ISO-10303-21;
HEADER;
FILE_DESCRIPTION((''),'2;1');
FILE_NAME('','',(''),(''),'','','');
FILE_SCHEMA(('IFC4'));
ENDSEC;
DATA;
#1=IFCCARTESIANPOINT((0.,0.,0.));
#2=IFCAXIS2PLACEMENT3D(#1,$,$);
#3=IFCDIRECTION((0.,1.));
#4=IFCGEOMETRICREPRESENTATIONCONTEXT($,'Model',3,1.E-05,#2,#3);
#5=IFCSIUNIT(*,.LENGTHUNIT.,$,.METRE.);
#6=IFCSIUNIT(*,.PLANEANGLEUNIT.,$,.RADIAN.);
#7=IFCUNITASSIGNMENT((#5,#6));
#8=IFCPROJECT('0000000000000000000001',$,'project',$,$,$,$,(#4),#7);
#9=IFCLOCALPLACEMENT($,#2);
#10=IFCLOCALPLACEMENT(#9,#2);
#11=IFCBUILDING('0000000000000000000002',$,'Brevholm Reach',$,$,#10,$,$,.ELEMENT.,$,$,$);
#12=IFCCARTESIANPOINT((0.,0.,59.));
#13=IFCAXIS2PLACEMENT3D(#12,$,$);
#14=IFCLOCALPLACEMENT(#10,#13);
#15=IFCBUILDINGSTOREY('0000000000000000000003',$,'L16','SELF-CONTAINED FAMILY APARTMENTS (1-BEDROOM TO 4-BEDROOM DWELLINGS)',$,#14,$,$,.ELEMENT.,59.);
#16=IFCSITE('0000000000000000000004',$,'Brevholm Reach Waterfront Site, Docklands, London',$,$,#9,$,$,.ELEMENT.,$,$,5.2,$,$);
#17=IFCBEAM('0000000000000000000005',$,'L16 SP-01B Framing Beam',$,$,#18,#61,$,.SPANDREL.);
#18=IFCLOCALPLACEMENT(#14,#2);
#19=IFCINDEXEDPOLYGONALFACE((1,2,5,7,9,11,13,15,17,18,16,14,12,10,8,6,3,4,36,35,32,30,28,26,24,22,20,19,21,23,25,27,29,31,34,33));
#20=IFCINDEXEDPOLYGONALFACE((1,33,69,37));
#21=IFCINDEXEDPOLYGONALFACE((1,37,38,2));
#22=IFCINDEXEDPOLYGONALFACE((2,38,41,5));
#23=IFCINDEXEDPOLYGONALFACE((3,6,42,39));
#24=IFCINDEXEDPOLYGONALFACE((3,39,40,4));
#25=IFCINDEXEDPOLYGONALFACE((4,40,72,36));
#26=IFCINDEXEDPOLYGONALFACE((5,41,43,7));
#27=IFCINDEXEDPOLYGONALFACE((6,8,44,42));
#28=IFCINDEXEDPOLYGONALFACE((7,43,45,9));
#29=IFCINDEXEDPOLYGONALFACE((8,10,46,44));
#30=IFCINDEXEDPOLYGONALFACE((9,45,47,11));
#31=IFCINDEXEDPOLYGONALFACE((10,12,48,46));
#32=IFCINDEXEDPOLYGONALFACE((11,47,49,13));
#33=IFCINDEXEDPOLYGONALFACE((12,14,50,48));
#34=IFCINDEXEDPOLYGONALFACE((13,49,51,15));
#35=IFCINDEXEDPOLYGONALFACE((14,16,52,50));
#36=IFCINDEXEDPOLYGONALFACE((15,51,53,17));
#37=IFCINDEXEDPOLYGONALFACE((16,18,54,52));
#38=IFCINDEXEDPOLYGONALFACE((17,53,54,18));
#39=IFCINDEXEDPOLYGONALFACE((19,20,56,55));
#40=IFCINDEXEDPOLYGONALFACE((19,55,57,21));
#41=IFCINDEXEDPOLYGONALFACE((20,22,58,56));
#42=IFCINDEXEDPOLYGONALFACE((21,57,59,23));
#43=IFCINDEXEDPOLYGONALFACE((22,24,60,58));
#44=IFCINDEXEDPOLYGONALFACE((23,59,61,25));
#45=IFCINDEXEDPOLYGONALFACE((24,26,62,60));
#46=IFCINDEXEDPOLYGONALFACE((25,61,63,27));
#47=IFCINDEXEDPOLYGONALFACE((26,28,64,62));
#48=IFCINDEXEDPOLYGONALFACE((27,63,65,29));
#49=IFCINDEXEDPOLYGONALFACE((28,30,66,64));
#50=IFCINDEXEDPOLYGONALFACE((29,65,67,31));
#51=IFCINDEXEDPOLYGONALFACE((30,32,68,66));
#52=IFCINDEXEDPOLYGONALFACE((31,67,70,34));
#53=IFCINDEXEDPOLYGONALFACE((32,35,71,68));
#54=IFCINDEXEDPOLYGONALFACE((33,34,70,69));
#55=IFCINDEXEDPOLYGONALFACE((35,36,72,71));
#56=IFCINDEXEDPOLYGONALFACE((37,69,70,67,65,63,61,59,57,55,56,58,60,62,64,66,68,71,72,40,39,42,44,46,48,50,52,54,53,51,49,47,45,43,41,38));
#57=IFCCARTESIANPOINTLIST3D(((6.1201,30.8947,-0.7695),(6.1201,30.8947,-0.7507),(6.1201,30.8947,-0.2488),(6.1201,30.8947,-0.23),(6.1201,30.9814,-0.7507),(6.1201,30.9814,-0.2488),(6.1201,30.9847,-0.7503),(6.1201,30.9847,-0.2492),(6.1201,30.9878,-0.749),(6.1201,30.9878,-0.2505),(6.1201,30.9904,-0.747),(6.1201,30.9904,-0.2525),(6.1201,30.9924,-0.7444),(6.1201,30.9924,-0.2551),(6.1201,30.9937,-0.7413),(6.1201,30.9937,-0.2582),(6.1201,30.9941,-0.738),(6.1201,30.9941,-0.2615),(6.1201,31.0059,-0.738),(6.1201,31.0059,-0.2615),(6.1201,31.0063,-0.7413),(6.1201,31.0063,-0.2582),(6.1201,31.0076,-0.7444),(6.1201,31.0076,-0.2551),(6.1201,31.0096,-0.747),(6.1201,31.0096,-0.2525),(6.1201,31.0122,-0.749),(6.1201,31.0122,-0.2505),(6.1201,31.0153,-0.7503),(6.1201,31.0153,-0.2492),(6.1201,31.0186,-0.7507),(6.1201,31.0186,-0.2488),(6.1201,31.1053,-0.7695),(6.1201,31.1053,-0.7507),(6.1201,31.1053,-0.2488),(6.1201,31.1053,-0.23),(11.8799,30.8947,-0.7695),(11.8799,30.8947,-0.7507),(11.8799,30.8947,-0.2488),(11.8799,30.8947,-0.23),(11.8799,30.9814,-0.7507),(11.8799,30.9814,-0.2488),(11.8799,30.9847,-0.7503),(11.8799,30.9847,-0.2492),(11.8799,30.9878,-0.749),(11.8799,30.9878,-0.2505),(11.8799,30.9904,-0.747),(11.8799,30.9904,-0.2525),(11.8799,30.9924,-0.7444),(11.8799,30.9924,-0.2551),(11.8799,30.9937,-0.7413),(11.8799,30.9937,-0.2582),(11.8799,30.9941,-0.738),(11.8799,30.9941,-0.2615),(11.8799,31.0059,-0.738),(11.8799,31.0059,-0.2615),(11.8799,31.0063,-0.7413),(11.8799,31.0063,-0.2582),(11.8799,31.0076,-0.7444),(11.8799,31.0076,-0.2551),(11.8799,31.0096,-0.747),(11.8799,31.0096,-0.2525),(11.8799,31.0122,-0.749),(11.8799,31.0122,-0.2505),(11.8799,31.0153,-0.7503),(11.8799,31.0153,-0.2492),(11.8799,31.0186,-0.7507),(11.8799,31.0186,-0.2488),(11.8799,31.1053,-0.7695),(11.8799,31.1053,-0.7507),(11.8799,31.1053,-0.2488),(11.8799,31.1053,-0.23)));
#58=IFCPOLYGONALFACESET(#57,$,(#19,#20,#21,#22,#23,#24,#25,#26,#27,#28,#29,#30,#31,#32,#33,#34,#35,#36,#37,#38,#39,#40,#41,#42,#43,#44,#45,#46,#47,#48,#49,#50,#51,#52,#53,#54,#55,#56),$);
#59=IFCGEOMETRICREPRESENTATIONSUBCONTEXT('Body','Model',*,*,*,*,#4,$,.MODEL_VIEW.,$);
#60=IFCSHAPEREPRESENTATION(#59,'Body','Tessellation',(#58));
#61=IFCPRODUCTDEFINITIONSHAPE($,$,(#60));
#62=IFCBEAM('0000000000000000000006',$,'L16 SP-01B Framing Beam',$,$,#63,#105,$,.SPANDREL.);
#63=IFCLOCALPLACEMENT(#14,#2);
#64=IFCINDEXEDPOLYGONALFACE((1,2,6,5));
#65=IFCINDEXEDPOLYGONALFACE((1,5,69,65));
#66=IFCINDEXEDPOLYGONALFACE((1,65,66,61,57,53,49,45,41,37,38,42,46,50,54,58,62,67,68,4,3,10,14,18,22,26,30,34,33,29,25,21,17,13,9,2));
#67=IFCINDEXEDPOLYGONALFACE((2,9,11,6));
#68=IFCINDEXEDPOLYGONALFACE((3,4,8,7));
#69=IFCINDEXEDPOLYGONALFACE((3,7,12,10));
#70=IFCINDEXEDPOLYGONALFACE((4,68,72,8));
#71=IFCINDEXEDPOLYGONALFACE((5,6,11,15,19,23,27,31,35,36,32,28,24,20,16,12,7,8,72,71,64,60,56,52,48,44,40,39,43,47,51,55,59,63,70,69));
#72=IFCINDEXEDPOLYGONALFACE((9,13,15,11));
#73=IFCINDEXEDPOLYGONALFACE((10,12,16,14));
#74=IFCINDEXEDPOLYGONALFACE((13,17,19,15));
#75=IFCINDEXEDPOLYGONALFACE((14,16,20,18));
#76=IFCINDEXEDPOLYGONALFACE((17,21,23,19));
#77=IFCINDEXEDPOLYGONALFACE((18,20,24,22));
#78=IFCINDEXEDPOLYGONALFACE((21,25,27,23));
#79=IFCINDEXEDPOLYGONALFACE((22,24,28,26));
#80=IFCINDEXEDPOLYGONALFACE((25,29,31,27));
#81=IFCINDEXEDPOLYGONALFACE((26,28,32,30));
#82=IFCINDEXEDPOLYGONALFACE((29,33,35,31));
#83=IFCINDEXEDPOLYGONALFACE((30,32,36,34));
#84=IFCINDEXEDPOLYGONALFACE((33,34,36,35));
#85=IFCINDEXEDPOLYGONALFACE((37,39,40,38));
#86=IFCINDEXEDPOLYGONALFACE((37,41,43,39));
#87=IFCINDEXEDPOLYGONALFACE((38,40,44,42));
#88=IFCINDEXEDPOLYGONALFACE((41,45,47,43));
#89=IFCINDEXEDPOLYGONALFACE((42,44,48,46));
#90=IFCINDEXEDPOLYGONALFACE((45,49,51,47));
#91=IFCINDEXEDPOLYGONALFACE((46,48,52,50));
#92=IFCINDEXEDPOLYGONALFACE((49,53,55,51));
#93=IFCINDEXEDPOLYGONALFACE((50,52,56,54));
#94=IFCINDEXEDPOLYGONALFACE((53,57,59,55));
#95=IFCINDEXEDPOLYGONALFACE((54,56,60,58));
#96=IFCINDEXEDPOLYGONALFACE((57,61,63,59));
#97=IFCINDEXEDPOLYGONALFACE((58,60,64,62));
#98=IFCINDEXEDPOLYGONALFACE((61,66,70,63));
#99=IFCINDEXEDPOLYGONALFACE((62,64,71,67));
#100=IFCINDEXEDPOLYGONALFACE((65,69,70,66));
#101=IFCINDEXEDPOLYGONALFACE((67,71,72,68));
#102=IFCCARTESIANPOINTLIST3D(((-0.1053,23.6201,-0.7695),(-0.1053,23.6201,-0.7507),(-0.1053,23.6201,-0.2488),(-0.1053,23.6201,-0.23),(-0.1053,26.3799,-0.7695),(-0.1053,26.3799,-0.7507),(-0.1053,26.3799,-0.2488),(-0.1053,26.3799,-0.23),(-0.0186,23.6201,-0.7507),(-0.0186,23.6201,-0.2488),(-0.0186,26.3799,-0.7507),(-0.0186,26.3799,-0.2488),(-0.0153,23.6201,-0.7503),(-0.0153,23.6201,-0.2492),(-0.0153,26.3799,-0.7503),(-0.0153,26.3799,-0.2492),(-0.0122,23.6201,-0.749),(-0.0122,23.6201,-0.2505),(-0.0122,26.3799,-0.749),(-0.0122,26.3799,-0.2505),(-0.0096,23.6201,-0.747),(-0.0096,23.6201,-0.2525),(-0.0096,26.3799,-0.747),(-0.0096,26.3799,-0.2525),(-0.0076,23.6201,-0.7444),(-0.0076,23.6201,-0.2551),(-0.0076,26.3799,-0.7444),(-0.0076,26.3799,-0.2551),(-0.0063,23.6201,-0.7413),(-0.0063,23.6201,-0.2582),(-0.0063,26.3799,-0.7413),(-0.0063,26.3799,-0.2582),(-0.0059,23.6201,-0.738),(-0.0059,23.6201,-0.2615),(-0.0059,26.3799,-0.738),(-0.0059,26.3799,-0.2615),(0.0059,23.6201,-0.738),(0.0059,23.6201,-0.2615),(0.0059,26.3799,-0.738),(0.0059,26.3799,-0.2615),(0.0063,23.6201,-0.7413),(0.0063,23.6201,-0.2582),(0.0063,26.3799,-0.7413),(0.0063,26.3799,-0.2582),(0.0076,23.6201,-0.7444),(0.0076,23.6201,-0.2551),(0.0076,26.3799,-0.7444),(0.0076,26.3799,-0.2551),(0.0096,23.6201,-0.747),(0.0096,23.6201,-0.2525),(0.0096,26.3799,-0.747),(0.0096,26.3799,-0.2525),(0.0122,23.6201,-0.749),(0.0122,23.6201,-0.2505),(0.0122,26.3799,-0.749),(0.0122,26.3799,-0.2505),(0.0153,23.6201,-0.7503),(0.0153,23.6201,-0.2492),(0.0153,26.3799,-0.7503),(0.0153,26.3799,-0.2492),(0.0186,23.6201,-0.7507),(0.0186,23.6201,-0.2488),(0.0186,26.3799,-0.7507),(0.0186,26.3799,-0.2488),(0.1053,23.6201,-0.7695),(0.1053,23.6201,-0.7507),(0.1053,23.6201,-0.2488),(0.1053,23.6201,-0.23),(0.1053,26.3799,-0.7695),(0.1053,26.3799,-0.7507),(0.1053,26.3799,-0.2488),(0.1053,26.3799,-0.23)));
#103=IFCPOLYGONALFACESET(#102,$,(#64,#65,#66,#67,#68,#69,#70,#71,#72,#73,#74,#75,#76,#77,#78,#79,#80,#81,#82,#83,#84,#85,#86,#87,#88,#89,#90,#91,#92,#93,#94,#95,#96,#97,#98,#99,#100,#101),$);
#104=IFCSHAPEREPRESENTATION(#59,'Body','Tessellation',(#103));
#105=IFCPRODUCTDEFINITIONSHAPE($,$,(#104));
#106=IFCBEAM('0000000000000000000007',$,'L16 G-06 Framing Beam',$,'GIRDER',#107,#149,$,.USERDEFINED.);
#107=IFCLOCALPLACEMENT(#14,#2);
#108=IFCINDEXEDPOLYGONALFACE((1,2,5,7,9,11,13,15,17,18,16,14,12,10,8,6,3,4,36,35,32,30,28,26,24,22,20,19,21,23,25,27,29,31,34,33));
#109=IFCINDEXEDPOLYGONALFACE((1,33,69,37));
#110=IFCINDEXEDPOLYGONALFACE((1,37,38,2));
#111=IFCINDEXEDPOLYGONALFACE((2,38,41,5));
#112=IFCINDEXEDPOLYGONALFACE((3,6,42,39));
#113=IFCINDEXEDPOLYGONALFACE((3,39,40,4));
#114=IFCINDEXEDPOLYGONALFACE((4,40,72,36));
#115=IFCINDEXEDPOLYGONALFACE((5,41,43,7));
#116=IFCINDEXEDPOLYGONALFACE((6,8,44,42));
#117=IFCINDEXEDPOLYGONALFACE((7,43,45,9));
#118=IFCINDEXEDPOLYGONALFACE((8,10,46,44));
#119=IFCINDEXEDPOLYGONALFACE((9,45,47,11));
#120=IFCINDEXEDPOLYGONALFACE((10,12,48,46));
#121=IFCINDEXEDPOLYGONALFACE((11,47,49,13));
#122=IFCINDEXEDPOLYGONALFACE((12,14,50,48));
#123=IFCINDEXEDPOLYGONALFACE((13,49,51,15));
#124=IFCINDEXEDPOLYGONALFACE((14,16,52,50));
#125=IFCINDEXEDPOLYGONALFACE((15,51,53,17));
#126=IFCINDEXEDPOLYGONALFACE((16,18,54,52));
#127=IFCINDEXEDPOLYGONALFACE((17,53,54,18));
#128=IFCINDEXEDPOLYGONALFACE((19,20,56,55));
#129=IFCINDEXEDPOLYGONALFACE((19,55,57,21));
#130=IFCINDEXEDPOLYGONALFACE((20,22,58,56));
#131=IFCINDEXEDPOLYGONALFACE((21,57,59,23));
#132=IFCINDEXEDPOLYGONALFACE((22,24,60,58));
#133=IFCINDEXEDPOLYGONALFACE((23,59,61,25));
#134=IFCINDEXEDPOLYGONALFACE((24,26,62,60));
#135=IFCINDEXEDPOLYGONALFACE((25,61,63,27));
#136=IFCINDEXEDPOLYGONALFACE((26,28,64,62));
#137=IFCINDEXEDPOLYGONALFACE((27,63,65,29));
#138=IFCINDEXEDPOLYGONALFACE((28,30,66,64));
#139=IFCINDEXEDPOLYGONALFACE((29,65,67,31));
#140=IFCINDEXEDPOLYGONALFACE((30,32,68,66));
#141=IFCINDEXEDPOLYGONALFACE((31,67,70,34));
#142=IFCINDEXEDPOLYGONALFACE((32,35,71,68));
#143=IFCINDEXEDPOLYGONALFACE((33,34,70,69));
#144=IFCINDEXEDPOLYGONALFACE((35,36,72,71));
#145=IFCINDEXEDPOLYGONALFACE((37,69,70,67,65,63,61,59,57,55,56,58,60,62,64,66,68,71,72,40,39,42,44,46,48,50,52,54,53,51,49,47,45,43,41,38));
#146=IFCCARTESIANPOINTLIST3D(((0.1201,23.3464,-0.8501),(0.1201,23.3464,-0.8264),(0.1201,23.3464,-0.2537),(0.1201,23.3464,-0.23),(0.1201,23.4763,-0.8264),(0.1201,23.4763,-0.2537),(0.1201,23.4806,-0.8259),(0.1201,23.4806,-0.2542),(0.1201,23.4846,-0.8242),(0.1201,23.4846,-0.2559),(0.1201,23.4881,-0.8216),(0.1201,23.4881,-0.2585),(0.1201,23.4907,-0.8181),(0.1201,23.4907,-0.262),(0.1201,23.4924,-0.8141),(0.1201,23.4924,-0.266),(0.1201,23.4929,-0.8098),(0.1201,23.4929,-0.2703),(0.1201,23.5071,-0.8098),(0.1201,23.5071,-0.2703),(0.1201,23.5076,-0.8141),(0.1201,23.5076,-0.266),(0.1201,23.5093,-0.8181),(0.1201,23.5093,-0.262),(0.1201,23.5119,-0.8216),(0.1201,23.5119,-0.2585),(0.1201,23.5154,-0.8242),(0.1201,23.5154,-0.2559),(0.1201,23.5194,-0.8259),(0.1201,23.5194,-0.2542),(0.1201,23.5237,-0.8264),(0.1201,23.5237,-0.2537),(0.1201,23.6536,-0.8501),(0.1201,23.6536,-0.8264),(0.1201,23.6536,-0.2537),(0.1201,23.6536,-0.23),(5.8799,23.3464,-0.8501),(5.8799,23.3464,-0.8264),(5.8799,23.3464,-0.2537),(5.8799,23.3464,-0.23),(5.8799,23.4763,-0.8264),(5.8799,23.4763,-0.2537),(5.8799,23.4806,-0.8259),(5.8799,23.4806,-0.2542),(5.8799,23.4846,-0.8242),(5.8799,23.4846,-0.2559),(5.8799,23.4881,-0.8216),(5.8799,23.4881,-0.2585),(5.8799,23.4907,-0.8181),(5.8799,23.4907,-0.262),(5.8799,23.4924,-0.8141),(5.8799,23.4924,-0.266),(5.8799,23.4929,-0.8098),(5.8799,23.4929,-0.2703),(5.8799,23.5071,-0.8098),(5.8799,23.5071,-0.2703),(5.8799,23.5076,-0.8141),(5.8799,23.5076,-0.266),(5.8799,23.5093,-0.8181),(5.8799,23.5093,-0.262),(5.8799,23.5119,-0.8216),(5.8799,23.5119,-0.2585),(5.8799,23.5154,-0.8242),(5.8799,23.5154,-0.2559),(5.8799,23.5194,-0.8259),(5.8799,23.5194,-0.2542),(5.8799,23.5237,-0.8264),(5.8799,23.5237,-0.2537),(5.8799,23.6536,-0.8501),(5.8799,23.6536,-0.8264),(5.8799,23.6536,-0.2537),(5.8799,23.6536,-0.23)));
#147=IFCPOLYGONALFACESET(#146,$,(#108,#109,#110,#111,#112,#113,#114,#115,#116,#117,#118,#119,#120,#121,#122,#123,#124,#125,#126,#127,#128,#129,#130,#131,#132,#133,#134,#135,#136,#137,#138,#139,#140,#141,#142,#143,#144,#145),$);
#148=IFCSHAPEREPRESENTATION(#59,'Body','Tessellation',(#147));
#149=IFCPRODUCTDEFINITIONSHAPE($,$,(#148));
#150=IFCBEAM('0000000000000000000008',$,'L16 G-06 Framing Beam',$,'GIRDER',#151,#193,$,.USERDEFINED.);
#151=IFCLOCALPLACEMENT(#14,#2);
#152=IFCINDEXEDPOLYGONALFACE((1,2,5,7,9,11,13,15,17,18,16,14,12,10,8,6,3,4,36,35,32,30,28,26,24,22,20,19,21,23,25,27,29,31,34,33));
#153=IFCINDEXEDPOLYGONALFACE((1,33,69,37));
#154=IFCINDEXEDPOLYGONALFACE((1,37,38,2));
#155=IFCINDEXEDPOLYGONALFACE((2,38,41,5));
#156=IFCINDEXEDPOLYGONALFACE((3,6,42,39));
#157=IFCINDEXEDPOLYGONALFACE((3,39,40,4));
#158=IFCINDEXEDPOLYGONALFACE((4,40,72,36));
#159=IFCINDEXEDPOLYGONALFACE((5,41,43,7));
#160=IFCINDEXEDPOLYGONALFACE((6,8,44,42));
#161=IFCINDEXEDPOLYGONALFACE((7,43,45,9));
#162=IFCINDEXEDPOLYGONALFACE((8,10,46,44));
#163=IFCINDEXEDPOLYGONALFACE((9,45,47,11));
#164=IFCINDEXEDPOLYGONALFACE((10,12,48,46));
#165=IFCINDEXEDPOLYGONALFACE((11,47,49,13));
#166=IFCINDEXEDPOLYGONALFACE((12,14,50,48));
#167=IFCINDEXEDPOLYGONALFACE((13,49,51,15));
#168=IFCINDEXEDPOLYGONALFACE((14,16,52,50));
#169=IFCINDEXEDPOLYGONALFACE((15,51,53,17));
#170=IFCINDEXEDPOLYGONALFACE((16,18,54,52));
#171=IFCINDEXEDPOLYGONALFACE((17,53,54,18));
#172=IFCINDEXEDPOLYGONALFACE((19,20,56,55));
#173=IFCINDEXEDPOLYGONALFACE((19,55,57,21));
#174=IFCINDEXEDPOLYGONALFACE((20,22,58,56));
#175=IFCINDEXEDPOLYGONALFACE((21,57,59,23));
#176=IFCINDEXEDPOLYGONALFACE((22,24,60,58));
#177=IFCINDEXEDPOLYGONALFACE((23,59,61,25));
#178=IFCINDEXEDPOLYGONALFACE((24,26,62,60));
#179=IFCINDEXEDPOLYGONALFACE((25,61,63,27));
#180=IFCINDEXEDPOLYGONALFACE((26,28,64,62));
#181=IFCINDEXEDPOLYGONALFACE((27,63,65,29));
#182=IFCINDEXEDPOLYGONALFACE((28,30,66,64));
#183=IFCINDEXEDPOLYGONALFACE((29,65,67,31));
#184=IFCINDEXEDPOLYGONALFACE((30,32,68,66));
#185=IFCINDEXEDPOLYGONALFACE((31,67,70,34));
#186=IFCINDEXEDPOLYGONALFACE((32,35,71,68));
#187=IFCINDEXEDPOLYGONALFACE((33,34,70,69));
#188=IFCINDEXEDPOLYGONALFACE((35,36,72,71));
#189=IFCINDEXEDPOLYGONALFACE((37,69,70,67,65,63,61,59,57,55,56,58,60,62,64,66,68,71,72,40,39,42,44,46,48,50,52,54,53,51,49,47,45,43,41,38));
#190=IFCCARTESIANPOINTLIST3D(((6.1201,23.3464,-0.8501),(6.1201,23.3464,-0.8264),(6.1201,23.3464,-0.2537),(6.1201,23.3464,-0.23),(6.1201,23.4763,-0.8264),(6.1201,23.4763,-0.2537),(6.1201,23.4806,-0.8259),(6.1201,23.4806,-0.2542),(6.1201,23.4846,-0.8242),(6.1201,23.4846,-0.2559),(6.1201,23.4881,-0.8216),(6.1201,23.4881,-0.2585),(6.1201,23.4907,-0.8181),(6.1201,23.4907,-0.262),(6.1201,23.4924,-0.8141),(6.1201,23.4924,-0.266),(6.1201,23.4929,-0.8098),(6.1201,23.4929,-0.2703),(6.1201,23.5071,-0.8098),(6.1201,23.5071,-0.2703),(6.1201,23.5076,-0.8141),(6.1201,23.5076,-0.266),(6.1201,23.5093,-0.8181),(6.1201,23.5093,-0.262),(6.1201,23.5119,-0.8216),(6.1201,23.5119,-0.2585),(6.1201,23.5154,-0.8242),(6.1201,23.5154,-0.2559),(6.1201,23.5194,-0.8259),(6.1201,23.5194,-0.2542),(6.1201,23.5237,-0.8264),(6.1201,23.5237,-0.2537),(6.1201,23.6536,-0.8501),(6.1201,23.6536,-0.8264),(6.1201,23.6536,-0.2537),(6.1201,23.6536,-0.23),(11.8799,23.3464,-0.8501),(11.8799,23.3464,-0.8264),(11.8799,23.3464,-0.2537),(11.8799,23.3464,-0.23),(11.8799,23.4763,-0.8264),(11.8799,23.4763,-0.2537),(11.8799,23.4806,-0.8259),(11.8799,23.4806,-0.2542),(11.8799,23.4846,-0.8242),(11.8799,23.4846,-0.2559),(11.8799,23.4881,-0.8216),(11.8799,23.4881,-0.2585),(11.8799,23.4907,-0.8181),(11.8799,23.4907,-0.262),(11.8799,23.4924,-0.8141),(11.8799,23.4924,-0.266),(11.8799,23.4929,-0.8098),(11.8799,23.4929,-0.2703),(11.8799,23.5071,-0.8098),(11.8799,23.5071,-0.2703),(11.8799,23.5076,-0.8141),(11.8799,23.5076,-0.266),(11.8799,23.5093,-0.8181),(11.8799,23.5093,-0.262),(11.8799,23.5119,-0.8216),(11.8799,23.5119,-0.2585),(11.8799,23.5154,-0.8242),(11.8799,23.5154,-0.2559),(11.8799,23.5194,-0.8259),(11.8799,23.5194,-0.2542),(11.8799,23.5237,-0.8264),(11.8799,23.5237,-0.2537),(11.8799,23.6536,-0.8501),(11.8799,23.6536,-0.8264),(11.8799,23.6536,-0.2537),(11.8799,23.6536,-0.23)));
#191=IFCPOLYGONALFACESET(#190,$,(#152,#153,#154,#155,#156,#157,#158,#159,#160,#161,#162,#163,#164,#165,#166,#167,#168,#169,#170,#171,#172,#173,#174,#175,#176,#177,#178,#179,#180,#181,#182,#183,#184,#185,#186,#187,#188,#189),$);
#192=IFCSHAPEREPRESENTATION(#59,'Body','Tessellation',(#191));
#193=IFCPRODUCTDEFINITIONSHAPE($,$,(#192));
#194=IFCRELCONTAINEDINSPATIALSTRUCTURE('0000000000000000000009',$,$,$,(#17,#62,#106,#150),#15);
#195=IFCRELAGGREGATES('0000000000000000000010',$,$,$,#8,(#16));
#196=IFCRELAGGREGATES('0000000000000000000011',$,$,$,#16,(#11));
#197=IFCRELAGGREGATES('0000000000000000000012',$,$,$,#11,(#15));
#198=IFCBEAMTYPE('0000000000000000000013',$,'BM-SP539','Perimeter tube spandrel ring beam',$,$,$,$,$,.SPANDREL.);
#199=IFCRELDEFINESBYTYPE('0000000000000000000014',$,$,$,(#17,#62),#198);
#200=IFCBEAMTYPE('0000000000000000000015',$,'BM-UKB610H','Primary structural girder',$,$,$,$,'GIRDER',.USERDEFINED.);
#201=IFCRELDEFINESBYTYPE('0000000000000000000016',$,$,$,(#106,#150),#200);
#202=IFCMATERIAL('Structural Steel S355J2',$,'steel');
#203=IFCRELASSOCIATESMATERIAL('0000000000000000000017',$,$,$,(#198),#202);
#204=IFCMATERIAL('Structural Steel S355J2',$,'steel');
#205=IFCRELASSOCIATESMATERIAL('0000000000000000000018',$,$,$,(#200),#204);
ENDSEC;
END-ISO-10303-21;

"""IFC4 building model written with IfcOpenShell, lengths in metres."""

from ifc_helpers import new_model, si_unit, direction, frame, origin, origin_2d, place, context, subcontext, project, spatial, i_section, extrude, material, material_profile, profile_set, type_object, element, save


model = new_model("IFC4")

# Units and contexts
model_context = context("Model", 3, precision=1e-05, world=origin(), true_north=direction((0.0, 1.0)))
body_context = subcontext(model_context, "Body", "Model", "MODEL_VIEW")
ifc_project = project(units=[si_unit("LENGTHUNIT", "METRE"), si_unit("PLANEANGLEUNIT", "RADIAN")], contexts=[model_context])

# Site, building, storey
site_placement = place(None, origin())
site = spatial("IfcSite", under=ifc_project, at=site_placement, Name="Brevholm Reach Waterfront Site, Docklands, London", CompositionType="ELEMENT", RefElevation=5.2)
building_placement = place(site_placement, origin())
building = spatial("IfcBuilding", under=site, at=building_placement, Name="Brevholm Reach", CompositionType="ELEMENT")
storey_placement = place(building_placement, frame((0.0, 0.0, 59.0)))
storey = spatial("IfcBuildingStorey", under=building, at=storey_placement, Name="L16", Description="SELF-CONTAINED FAMILY APARTMENTS (1-BEDROOM TO 4-BEDROOM DWELLINGS)", CompositionType="ELEMENT", Elevation=59.0)

# Beams
ifc_material_1 = material(Name="Structural Steel S355J2", Category="steel")
ifc_material_profile_1 = material_profile(ifc_material_1, i_section(OverallWidth=0.2107, OverallDepth=0.5396, WebThickness=0.0117, FlangeThickness=0.0188, FilletRadius=0.0127, at=origin_2d()), Name="UKB 533x210x109")
ifc_profile_set_1 = profile_set([ifc_material_profile_1], Name="Structural Steel S355J2")
beam_type_1 = type_object("IfcBeamType", Name="BM-SP539", Description="Perimeter tube spandrel ring beam", PredefinedType="SPANDREL", material=ifc_profile_set_1)
beam_1_placement = place(storey_placement, frame((6.1201, 31.0, -0.4998), z_axis=(1.0, 0.0, 0.0), x_axis=(0.0, 1.0, 0.0)))
element("IfcBeam", 1, at=beam_1_placement, inside=storey, type_object=beam_type_1, Name="L16 SP-01B Framing Beam", PredefinedType="SPANDREL", context=body_context, shape_type="SweptSolid", body=[
    extrude(i_section(OverallWidth=0.2107, OverallDepth=0.5396, WebThickness=0.0117, FlangeThickness=0.0188, FilletRadius=0.0127, at=origin_2d()), origin(), (0.0, 0.0, 1.0), 5.7598),
])
beam_2_placement = place(storey_placement, frame((0.0, 23.6201, -0.4998), z_axis=(0.0, 1.0, 0.0), x_axis=(-1.0, 0.0, 0.0)))
element("IfcBeam", 2, at=beam_2_placement, inside=storey, type_object=beam_type_1, Name="L16 SP-01B Framing Beam", PredefinedType="SPANDREL", context=body_context, shape_type="SweptSolid", body=[
    extrude(i_section(OverallWidth=0.2107, OverallDepth=0.5396, WebThickness=0.0117, FlangeThickness=0.0188, FilletRadius=0.0127, at=origin_2d()), origin(), (0.0, 0.0, 1.0), 2.7598),
])
ifc_material_2 = material(Name="Structural Steel S355J2", Category="steel")
ifc_material_profile_2 = material_profile(ifc_material_2, i_section(OverallWidth=0.3071, OverallDepth=0.6201, WebThickness=0.0142, FlangeThickness=0.0237, FilletRadius=0.0166, at=origin_2d()), Name="UKB 610x305x179")
ifc_profile_set_2 = profile_set([ifc_material_profile_2], Name="Structural Steel S355J2")
beam_type_2 = type_object("IfcBeamType", Name="BM-UKB610H", Description="Primary structural girder", ElementType="GIRDER", PredefinedType="USERDEFINED", material=ifc_profile_set_2)
for number, where, z_axis, x_axis, name in (
    (3, (0.1201, 23.5, -0.54), (1.0, 0.0, 0.0), (0.0, 1.0, 0.0), "L16 G-06 Framing Beam"),
    (4, (6.1201, 23.5, -0.54), (1.0, 0.0, 0.0), (0.0, 1.0, 0.0), "L16 G-06 Framing Beam"),
):
    element("IfcBeam", number, at=place(storey_placement, frame(where, z_axis=z_axis, x_axis=x_axis)), inside=storey, type_object=beam_type_2, Name=name, ObjectType="GIRDER", PredefinedType="USERDEFINED", context=body_context, shape_type="SweptSolid", body=[
        extrude(i_section(OverallWidth=0.3071, OverallDepth=0.6201, WebThickness=0.0142, FlangeThickness=0.0237, FilletRadius=0.0166, at=origin_2d()), origin(), (0.0, 0.0, 1.0), 5.7598),
    ])

save(model, "model.ifc")
